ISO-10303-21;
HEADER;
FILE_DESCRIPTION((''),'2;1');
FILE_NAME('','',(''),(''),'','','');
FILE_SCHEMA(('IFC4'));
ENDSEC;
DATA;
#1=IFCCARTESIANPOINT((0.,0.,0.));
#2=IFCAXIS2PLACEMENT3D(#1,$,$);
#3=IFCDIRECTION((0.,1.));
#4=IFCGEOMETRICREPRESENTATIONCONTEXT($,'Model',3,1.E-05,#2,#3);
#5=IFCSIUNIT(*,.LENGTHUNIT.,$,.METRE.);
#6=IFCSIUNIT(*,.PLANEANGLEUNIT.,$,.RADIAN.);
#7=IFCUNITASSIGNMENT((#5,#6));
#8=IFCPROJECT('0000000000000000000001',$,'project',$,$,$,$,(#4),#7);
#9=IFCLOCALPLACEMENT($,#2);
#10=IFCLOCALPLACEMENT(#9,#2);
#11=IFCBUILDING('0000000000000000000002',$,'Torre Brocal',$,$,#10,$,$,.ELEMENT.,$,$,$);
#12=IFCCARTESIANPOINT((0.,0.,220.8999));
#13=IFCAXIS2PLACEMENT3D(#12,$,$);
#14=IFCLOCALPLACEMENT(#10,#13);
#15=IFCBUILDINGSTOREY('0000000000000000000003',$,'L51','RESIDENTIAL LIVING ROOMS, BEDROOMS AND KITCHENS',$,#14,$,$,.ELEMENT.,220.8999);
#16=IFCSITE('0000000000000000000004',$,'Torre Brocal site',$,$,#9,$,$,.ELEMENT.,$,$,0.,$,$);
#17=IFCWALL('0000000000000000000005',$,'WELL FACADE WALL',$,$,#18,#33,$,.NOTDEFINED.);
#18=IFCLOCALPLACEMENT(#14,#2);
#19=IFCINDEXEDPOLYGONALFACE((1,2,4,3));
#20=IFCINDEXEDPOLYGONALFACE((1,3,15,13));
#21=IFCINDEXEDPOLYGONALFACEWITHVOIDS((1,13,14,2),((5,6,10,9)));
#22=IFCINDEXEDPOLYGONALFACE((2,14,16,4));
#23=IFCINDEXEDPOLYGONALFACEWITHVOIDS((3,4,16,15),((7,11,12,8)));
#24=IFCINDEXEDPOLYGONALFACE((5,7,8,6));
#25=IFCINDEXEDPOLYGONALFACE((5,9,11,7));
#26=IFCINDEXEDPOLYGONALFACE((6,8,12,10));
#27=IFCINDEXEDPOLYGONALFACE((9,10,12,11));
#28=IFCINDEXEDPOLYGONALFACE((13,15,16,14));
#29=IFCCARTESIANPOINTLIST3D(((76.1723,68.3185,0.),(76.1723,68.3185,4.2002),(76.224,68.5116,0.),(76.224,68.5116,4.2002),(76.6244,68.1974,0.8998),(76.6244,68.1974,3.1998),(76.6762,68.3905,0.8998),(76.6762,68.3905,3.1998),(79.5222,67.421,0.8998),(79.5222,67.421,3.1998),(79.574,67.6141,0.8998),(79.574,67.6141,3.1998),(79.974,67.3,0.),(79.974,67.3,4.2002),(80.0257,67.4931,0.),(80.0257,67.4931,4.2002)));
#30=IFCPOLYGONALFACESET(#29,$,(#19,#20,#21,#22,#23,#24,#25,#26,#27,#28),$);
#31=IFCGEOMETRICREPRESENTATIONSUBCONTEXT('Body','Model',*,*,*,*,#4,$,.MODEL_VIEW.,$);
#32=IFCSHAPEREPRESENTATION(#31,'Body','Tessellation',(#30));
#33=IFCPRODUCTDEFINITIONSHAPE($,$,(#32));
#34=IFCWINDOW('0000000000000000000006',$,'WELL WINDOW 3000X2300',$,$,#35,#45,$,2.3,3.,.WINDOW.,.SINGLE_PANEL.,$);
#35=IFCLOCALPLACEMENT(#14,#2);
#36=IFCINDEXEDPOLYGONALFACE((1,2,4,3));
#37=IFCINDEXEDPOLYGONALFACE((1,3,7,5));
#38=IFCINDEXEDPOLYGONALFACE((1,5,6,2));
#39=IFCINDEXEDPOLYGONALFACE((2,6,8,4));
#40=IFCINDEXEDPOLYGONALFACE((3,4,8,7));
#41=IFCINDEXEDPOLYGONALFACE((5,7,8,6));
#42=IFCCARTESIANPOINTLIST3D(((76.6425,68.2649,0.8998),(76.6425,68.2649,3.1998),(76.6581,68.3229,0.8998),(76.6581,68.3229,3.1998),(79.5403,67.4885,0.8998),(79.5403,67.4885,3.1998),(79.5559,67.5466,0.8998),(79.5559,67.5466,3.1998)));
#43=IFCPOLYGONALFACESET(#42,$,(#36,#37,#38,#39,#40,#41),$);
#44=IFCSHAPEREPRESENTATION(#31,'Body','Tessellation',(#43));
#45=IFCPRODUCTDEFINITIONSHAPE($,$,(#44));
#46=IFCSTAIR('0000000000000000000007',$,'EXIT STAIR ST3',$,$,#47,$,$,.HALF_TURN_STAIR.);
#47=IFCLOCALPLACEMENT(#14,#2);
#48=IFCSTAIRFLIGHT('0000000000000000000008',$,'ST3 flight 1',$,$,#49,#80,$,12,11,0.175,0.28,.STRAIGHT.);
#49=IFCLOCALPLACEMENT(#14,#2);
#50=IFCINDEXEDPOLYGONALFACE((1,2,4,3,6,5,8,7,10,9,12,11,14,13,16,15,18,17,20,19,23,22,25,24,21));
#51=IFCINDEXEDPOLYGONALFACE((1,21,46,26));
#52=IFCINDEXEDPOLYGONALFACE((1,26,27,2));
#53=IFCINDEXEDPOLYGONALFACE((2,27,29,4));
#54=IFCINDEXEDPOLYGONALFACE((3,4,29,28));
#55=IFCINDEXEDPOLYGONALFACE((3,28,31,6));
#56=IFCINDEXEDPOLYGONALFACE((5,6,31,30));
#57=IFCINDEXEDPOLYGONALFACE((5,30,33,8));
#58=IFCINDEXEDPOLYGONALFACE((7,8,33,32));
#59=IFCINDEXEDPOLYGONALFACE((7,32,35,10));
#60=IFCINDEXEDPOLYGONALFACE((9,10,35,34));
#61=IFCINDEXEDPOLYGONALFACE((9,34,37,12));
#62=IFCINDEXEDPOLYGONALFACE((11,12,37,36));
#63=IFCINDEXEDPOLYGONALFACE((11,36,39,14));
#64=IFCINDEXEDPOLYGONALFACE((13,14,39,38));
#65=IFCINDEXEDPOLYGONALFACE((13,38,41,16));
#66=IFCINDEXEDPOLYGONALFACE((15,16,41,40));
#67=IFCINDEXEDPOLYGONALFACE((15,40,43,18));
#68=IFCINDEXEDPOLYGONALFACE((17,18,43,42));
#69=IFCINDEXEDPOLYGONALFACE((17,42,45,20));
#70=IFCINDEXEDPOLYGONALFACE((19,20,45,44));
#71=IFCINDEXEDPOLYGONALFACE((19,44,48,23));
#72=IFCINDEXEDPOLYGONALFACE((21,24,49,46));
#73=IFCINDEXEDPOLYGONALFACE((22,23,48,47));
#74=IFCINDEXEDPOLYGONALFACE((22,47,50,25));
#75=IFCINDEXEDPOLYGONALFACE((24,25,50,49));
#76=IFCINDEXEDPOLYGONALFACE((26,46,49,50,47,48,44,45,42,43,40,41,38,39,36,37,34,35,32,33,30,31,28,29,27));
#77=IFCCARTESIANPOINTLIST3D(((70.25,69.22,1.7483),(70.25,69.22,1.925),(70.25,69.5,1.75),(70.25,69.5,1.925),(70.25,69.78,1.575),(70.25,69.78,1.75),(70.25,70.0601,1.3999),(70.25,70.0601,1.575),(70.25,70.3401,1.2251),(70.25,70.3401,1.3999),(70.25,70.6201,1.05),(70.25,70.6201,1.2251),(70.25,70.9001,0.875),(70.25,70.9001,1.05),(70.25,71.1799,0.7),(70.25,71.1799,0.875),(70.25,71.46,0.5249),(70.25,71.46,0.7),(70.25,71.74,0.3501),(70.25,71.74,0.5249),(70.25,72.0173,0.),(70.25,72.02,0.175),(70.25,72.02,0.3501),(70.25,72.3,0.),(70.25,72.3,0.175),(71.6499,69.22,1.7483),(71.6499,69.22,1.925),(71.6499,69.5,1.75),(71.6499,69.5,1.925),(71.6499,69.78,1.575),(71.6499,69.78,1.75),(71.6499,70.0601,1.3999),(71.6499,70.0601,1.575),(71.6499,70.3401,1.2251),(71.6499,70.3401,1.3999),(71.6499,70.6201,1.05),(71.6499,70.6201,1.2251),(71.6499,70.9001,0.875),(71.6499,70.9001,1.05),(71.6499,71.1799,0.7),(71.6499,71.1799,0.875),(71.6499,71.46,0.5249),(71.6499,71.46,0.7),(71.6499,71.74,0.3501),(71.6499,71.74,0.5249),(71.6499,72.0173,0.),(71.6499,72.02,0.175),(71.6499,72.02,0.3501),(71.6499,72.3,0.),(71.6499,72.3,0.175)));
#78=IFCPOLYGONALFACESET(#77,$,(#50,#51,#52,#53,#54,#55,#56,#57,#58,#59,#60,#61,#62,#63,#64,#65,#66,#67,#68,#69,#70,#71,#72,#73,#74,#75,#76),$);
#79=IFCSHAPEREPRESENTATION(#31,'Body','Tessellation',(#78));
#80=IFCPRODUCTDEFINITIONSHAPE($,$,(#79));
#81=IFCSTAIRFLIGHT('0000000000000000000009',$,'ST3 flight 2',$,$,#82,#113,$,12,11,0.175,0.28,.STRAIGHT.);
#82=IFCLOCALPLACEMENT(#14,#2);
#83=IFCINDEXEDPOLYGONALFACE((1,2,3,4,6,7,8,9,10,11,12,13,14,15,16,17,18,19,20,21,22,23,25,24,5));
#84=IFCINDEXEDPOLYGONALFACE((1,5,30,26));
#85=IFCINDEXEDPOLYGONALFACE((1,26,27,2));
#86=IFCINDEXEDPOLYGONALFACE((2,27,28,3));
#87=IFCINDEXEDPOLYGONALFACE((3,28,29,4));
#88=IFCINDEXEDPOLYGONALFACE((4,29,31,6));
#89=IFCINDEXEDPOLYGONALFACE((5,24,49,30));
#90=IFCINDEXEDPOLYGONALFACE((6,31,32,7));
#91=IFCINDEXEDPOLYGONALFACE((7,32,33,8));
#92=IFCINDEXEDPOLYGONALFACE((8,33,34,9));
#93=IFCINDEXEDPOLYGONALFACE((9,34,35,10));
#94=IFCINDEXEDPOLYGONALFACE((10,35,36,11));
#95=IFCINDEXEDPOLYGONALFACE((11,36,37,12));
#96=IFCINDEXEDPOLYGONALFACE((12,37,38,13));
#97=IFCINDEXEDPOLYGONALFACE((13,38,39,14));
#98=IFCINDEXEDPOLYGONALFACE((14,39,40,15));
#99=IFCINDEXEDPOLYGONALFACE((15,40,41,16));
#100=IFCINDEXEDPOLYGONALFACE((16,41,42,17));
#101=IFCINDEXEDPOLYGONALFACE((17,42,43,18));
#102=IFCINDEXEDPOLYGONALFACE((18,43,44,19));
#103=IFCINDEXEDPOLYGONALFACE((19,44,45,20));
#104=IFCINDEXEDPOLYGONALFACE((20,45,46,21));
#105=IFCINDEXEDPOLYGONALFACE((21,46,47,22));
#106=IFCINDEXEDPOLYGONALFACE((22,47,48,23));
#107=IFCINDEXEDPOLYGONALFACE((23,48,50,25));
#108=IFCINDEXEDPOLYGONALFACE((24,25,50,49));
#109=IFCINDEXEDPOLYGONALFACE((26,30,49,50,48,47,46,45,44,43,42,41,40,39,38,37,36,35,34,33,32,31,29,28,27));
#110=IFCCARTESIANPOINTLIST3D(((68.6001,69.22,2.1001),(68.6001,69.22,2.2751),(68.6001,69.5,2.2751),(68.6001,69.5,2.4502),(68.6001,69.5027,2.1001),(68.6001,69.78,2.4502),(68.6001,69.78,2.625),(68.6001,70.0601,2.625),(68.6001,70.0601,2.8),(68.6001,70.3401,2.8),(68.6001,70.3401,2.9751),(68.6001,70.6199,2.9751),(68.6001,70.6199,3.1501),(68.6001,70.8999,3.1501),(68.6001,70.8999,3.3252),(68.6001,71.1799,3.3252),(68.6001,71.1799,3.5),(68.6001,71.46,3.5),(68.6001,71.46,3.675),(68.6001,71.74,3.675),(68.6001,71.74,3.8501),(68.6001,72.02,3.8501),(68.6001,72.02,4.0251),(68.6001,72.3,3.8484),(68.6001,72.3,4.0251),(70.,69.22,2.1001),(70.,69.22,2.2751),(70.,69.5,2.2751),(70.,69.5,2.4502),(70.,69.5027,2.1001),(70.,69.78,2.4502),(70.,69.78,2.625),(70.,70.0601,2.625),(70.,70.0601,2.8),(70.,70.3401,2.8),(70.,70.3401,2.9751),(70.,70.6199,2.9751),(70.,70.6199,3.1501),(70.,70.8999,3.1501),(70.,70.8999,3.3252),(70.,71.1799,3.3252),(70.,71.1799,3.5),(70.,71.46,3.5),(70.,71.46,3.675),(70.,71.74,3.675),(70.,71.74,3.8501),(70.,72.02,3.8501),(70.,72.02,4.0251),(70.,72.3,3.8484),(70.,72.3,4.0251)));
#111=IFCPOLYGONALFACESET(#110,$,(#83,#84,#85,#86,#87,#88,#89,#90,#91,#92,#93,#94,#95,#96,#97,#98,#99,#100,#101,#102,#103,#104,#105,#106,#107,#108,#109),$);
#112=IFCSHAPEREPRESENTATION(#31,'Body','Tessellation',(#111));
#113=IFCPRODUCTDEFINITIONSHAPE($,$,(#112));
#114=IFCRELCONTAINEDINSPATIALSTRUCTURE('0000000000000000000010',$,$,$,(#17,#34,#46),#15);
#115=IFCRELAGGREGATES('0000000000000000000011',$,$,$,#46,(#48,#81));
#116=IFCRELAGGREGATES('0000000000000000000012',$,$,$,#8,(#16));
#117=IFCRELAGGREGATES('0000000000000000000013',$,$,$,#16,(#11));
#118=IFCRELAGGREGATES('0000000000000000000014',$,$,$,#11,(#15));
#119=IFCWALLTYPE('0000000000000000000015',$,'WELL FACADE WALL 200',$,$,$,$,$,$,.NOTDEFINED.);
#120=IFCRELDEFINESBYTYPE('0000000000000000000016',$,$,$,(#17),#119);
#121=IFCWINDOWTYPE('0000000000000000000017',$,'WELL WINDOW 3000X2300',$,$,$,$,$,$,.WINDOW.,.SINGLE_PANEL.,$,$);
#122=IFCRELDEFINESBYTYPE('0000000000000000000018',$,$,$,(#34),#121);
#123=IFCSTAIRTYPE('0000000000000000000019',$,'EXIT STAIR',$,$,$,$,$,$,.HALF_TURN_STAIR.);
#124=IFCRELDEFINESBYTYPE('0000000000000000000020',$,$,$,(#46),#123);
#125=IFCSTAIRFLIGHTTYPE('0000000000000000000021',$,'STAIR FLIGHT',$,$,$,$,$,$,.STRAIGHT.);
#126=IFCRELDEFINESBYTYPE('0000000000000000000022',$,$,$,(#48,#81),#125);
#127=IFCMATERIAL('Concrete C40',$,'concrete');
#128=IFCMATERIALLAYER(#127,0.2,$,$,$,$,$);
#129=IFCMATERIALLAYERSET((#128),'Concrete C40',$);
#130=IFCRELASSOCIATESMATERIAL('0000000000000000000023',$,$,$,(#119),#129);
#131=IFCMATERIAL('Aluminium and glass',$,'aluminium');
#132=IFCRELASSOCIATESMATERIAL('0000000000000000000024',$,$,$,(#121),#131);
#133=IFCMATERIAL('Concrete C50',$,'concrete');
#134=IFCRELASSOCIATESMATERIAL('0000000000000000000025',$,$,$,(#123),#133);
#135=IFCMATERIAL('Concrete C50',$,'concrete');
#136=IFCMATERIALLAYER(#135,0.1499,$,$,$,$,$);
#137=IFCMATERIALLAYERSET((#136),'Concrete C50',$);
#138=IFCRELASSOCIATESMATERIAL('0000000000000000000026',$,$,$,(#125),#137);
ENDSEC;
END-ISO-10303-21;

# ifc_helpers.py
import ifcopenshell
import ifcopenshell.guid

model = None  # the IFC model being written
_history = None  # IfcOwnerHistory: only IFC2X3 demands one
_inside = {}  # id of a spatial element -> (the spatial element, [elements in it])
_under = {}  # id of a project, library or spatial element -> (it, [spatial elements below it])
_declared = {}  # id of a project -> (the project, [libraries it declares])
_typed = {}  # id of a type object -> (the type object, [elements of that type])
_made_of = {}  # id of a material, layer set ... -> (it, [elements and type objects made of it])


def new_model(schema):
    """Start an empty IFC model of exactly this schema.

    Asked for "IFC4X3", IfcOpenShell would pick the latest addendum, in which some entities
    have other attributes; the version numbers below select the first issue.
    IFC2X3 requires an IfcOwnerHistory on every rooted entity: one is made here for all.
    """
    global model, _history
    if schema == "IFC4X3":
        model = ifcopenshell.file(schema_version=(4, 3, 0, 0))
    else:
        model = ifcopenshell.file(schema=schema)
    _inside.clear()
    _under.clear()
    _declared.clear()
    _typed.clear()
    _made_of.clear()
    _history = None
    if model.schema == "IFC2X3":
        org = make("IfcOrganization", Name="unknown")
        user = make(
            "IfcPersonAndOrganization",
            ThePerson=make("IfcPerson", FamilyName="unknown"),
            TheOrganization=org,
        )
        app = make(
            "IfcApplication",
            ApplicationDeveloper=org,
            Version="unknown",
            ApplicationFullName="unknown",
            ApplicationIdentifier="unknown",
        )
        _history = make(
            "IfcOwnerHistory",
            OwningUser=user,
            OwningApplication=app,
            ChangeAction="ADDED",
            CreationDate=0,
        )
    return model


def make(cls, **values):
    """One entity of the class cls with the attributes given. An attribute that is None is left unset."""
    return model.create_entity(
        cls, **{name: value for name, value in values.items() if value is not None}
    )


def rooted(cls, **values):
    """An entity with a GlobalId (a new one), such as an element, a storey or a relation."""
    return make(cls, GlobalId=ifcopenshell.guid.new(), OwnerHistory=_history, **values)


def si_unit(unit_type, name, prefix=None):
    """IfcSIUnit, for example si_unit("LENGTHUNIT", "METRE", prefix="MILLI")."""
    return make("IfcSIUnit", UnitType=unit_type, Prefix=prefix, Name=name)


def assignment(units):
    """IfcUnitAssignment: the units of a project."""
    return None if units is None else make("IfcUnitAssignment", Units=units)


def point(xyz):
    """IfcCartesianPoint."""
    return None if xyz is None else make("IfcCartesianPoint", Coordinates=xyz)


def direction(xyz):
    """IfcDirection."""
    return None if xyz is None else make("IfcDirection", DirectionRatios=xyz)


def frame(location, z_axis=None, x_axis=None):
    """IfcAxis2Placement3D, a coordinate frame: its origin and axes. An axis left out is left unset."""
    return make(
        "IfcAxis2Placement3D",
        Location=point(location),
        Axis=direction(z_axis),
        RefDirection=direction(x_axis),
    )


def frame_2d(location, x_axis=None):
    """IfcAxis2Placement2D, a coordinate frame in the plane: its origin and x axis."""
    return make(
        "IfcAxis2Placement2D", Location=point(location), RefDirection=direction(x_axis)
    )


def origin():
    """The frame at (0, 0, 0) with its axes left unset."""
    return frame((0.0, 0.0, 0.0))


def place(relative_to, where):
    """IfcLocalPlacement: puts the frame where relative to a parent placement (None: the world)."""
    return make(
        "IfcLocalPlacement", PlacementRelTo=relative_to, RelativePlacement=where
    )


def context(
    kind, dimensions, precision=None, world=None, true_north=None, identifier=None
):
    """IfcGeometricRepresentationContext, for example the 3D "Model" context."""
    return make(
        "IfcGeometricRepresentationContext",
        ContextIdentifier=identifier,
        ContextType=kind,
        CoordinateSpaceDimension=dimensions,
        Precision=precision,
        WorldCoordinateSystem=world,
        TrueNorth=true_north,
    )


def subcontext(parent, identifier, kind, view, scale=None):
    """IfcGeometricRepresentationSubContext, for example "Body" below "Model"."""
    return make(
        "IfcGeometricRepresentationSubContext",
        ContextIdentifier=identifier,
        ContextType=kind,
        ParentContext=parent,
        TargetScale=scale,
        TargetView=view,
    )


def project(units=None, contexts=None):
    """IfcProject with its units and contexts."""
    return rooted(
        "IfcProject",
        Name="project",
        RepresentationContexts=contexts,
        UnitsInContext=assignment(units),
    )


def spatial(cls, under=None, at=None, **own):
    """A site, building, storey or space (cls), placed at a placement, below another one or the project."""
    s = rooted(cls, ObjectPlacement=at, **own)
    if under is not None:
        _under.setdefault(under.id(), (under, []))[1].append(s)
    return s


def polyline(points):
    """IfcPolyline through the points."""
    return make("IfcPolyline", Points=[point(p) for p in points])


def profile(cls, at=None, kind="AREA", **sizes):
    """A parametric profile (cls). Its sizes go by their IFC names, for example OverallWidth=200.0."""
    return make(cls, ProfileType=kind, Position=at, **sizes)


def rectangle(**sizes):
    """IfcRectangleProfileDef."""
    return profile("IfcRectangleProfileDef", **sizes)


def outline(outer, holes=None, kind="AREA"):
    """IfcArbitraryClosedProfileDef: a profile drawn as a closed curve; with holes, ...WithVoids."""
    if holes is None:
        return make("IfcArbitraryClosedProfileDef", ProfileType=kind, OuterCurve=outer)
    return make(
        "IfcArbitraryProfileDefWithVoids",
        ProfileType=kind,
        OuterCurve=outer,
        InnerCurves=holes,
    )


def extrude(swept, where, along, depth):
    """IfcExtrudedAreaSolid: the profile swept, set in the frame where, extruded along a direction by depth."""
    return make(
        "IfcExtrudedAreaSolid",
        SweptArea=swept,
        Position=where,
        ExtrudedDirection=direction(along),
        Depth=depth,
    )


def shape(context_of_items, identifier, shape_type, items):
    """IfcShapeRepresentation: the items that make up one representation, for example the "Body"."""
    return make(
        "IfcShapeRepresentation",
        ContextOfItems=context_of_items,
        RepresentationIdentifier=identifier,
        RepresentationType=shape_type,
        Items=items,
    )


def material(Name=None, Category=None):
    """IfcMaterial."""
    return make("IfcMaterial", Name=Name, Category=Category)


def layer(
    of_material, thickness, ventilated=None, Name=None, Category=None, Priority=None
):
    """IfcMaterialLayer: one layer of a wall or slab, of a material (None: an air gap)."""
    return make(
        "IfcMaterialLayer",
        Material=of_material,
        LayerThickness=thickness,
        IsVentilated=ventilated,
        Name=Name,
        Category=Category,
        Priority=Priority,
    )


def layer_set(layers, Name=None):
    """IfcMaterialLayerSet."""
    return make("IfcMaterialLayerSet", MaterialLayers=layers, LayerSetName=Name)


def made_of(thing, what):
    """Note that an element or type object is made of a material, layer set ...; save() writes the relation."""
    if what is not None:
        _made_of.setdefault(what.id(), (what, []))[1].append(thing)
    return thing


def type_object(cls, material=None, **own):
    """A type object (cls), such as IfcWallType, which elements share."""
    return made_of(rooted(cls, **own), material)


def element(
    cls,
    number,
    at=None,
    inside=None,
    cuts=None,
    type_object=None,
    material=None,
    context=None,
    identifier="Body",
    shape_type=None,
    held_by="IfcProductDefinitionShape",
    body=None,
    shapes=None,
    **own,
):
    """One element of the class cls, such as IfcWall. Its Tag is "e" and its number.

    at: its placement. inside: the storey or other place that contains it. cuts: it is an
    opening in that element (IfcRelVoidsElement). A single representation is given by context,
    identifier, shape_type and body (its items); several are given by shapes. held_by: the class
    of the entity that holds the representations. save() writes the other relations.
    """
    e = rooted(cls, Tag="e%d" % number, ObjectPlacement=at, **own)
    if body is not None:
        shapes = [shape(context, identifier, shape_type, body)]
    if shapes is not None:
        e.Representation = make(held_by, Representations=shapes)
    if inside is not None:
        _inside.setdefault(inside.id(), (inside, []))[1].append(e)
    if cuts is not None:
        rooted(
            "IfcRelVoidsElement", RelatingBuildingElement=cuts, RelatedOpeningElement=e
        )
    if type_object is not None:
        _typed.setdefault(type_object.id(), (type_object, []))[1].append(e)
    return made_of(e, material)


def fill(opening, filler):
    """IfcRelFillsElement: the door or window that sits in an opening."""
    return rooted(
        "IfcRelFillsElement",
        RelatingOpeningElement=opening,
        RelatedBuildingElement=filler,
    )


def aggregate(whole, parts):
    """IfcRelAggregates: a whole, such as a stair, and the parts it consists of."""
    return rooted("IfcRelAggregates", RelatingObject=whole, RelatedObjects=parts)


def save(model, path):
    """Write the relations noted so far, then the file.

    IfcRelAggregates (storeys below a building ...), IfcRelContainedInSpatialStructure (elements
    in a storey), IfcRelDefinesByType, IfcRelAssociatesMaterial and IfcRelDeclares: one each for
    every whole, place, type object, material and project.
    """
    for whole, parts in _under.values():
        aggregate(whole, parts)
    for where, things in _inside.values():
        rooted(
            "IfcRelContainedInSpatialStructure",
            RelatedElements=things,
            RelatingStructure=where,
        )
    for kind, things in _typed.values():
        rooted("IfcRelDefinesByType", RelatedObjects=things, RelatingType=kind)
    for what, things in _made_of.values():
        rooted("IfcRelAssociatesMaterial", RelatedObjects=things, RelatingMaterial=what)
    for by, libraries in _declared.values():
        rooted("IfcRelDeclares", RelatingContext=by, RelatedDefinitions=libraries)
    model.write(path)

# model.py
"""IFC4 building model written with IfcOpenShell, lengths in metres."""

from ifc_helpers import new_model, si_unit, direction, frame, frame_2d, origin, place, context, subcontext, project, spatial, polyline, rectangle, outline, extrude, material, layer, layer_set, type_object, element, fill, aggregate, save


model = new_model("IFC4")

# Units and contexts
model_context = context("Model", 3, precision=1e-05, world=origin(), true_north=direction((0.0, 1.0)))
body_context = subcontext(model_context, "Body", "Model", "MODEL_VIEW")
ifc_project = project(units=[si_unit("LENGTHUNIT", "METRE"), si_unit("PLANEANGLEUNIT", "RADIAN")], contexts=[model_context])

# Site, building, storey
site_placement = place(None, origin())
site = spatial("IfcSite", under=ifc_project, at=site_placement, Name="Torre Brocal site", CompositionType="ELEMENT", RefElevation=0.0)
building_placement = place(site_placement, origin())
building = spatial("IfcBuilding", under=site, at=building_placement, Name="Torre Brocal", CompositionType="ELEMENT")
storey_placement = place(building_placement, frame((0.0, 0.0, 220.8999)))
storey = spatial("IfcBuildingStorey", under=building, at=storey_placement, Name="L51", Description="RESIDENTIAL LIVING ROOMS, BEDROOMS AND KITCHENS", CompositionType="ELEMENT", Elevation=220.8999)

# Wall, opening, window
ifc_material_1 = material(Name="Concrete C40", Category="concrete")
ifc_layer_1 = layer(ifc_material_1, 0.2)
ifc_layer_set_1 = layer_set([ifc_layer_1], Name="Concrete C40")
wall_type_1 = type_object("IfcWallType", Name="WELL FACADE WALL 200", PredefinedType="NOTDEFINED", material=ifc_layer_set_1)
ifc_material_2 = material(Name="Aluminium and glass", Category="aluminium")
window_type = type_object("IfcWindowType", Name="WELL WINDOW 3000X2300", PartitioningType="SINGLE_PANEL", PredefinedType="WINDOW", material=ifc_material_2)
wall_1_placement = place(storey_placement, frame((76.1982, 68.415, 0.0), z_axis=(0.0, 0.0, 1.0), x_axis=(0.965934, -0.25879, 0.0)))
wall_1 = element("IfcWall", 1, at=wall_1_placement, inside=storey, type_object=wall_type_1, Name="WELL FACADE WALL", PredefinedType="NOTDEFINED", context=body_context, shape_type="SweptSolid", body=[
    extrude(rectangle(XDim=3.9358, YDim=0.2, at=frame_2d((1.9678, 0.0))), origin(), (0.0, 0.0, 1.0), 4.2002),
])
opening_1_placement = place(wall_1_placement, frame((0.468, 0.0, 0.8999)))
opening_1 = element("IfcOpeningElement", 2, at=opening_1_placement, cuts=wall_1, PredefinedType="OPENING", context=body_context, shape_type="SweptSolid", body=[
    extrude(rectangle(XDim=3.0, YDim=2.3, at=frame_2d((1.5, 1.1499))), frame((0.0, 0.1099, 0.0), z_axis=(0.0, -1.0, 0.0), x_axis=(1.0, 0.0, 0.0)), (0.0, 0.0, 1.0), 0.22),
])
window_1_placement = place(opening_1_placement, origin())
window_1 = element("IfcWindow", 3, at=window_1_placement, inside=storey, type_object=window_type, Name="WELL WINDOW 3000X2300", OverallHeight=2.3, OverallWidth=3.0, PartitioningType="SINGLE_PANEL", PredefinedType="WINDOW", context=body_context, shape_type="SweptSolid", body=[
    extrude(rectangle(XDim=3.0, YDim=2.3, at=frame_2d((1.5, 1.1499))), frame((0.0, 0.03, 0.0), z_axis=(0.0, -1.0, 0.0), x_axis=(1.0, 0.0, 0.0)), (0.0, 0.0, 1.0), 0.0601),
])
fill(opening_1, window_1)

# Stair, stair flights
ifc_material_3 = material(Name="Concrete C50", Category="concrete")
stair_type = type_object("IfcStairType", Name="EXIT STAIR", PredefinedType="HALF_TURN_STAIR", material=ifc_material_3)
stair_placement = place(storey_placement, origin())
stair = element("IfcStair", 4, at=stair_placement, inside=storey, type_object=stair_type, Name="EXIT STAIR ST3", PredefinedType="HALF_TURN_STAIR")
ifc_material_4 = material(Name="Concrete C50", Category="concrete")
ifc_layer_2 = layer(ifc_material_4, 0.1499)
ifc_layer_set_2 = layer_set([ifc_layer_2], Name="Concrete C50")
stair_flight_type = type_object("IfcStairFlightType", Name="STAIR FLIGHT", PredefinedType="STRAIGHT", material=ifc_layer_set_2)
stair_flight_1_placement = place(storey_placement, frame((70.95, 72.3, 0.0), z_axis=(0.0, 0.0, 1.0), x_axis=(0.0, -1.0, 0.0)))
stair_flight_1 = element("IfcStairFlight", 5, at=stair_flight_1_placement, type_object=stair_flight_type, Name="ST3 flight 1", NumberOfRisers=12, NumberOfTreads=11, PredefinedType="STRAIGHT", RiserHeight=0.175, TreadLength=0.28, context=body_context, shape_type="SweptSolid", body=[
    extrude(outline(polyline([(0.0, 0.0), (0.0, 0.175), (0.28, 0.175), (0.28, 0.3501), (0.5601, 0.3501), (0.5601, 0.5249), (0.8401, 0.5249), (0.8401, 0.7), (1.1201, 0.7), (1.1201, 0.875), (1.3999, 0.875), (1.3999, 1.05), (1.6799, 1.05), (1.6799, 1.2251), (1.96, 1.2251), (1.96, 1.3999), (2.24, 1.3999), (2.24, 1.575), (2.52, 1.575), (2.52, 1.75), (2.8, 1.75), (2.8, 1.925), (3.0801, 1.925), (3.0801, 2.1001), (3.0801, 1.7483), (0.2827, 0.0), (0.0, 0.0)])), frame((0.0, 0.7, 0.0), z_axis=(0.0, -1.0, 0.0), x_axis=(1.0, 0.0, 0.0)), (0.0, 0.0, 1.0), 1.3999),
])
stair_flight_2_placement = place(storey_placement, frame((69.3, 69.22, 2.1001), z_axis=(0.0, 0.0, 1.0), x_axis=(0.0, 1.0, 0.0)))
stair_flight_2 = element("IfcStairFlight", 6, at=stair_flight_2_placement, type_object=stair_flight_type, Name="ST3 flight 2", NumberOfRisers=12, NumberOfTreads=11, PredefinedType="STRAIGHT", RiserHeight=0.175, TreadLength=0.28, context=body_context, shape_type="SweptSolid", body=[
    extrude(outline(polyline([(0.0, 0.0), (0.0, 0.175), (0.28, 0.175), (0.28, 0.3501), (0.5601, 0.3501), (0.5601, 0.5249), (0.8401, 0.5249), (0.8401, 0.7), (1.1201, 0.7), (1.1201, 0.875), (1.3999, 0.875), (1.3999, 1.05), (1.6799, 1.05), (1.6799, 1.2251), (1.96, 1.2251), (1.96, 1.3999), (2.24, 1.3999), (2.24, 1.575), (2.52, 1.575), (2.52, 1.75), (2.8, 1.75), (2.8, 1.925), (3.0801, 1.925), (3.0801, 2.1001), (3.0801, 1.7483), (0.2827, 0.0), (0.0, 0.0)])), frame((0.0, 0.7, 0.0), z_axis=(0.0, -1.0, 0.0), x_axis=(1.0, 0.0, 0.0)), (0.0, 0.0, 1.0), 1.3999),
])
aggregate(stair, [stair_flight_1, stair_flight_2])

save(model, "model.ifc")
